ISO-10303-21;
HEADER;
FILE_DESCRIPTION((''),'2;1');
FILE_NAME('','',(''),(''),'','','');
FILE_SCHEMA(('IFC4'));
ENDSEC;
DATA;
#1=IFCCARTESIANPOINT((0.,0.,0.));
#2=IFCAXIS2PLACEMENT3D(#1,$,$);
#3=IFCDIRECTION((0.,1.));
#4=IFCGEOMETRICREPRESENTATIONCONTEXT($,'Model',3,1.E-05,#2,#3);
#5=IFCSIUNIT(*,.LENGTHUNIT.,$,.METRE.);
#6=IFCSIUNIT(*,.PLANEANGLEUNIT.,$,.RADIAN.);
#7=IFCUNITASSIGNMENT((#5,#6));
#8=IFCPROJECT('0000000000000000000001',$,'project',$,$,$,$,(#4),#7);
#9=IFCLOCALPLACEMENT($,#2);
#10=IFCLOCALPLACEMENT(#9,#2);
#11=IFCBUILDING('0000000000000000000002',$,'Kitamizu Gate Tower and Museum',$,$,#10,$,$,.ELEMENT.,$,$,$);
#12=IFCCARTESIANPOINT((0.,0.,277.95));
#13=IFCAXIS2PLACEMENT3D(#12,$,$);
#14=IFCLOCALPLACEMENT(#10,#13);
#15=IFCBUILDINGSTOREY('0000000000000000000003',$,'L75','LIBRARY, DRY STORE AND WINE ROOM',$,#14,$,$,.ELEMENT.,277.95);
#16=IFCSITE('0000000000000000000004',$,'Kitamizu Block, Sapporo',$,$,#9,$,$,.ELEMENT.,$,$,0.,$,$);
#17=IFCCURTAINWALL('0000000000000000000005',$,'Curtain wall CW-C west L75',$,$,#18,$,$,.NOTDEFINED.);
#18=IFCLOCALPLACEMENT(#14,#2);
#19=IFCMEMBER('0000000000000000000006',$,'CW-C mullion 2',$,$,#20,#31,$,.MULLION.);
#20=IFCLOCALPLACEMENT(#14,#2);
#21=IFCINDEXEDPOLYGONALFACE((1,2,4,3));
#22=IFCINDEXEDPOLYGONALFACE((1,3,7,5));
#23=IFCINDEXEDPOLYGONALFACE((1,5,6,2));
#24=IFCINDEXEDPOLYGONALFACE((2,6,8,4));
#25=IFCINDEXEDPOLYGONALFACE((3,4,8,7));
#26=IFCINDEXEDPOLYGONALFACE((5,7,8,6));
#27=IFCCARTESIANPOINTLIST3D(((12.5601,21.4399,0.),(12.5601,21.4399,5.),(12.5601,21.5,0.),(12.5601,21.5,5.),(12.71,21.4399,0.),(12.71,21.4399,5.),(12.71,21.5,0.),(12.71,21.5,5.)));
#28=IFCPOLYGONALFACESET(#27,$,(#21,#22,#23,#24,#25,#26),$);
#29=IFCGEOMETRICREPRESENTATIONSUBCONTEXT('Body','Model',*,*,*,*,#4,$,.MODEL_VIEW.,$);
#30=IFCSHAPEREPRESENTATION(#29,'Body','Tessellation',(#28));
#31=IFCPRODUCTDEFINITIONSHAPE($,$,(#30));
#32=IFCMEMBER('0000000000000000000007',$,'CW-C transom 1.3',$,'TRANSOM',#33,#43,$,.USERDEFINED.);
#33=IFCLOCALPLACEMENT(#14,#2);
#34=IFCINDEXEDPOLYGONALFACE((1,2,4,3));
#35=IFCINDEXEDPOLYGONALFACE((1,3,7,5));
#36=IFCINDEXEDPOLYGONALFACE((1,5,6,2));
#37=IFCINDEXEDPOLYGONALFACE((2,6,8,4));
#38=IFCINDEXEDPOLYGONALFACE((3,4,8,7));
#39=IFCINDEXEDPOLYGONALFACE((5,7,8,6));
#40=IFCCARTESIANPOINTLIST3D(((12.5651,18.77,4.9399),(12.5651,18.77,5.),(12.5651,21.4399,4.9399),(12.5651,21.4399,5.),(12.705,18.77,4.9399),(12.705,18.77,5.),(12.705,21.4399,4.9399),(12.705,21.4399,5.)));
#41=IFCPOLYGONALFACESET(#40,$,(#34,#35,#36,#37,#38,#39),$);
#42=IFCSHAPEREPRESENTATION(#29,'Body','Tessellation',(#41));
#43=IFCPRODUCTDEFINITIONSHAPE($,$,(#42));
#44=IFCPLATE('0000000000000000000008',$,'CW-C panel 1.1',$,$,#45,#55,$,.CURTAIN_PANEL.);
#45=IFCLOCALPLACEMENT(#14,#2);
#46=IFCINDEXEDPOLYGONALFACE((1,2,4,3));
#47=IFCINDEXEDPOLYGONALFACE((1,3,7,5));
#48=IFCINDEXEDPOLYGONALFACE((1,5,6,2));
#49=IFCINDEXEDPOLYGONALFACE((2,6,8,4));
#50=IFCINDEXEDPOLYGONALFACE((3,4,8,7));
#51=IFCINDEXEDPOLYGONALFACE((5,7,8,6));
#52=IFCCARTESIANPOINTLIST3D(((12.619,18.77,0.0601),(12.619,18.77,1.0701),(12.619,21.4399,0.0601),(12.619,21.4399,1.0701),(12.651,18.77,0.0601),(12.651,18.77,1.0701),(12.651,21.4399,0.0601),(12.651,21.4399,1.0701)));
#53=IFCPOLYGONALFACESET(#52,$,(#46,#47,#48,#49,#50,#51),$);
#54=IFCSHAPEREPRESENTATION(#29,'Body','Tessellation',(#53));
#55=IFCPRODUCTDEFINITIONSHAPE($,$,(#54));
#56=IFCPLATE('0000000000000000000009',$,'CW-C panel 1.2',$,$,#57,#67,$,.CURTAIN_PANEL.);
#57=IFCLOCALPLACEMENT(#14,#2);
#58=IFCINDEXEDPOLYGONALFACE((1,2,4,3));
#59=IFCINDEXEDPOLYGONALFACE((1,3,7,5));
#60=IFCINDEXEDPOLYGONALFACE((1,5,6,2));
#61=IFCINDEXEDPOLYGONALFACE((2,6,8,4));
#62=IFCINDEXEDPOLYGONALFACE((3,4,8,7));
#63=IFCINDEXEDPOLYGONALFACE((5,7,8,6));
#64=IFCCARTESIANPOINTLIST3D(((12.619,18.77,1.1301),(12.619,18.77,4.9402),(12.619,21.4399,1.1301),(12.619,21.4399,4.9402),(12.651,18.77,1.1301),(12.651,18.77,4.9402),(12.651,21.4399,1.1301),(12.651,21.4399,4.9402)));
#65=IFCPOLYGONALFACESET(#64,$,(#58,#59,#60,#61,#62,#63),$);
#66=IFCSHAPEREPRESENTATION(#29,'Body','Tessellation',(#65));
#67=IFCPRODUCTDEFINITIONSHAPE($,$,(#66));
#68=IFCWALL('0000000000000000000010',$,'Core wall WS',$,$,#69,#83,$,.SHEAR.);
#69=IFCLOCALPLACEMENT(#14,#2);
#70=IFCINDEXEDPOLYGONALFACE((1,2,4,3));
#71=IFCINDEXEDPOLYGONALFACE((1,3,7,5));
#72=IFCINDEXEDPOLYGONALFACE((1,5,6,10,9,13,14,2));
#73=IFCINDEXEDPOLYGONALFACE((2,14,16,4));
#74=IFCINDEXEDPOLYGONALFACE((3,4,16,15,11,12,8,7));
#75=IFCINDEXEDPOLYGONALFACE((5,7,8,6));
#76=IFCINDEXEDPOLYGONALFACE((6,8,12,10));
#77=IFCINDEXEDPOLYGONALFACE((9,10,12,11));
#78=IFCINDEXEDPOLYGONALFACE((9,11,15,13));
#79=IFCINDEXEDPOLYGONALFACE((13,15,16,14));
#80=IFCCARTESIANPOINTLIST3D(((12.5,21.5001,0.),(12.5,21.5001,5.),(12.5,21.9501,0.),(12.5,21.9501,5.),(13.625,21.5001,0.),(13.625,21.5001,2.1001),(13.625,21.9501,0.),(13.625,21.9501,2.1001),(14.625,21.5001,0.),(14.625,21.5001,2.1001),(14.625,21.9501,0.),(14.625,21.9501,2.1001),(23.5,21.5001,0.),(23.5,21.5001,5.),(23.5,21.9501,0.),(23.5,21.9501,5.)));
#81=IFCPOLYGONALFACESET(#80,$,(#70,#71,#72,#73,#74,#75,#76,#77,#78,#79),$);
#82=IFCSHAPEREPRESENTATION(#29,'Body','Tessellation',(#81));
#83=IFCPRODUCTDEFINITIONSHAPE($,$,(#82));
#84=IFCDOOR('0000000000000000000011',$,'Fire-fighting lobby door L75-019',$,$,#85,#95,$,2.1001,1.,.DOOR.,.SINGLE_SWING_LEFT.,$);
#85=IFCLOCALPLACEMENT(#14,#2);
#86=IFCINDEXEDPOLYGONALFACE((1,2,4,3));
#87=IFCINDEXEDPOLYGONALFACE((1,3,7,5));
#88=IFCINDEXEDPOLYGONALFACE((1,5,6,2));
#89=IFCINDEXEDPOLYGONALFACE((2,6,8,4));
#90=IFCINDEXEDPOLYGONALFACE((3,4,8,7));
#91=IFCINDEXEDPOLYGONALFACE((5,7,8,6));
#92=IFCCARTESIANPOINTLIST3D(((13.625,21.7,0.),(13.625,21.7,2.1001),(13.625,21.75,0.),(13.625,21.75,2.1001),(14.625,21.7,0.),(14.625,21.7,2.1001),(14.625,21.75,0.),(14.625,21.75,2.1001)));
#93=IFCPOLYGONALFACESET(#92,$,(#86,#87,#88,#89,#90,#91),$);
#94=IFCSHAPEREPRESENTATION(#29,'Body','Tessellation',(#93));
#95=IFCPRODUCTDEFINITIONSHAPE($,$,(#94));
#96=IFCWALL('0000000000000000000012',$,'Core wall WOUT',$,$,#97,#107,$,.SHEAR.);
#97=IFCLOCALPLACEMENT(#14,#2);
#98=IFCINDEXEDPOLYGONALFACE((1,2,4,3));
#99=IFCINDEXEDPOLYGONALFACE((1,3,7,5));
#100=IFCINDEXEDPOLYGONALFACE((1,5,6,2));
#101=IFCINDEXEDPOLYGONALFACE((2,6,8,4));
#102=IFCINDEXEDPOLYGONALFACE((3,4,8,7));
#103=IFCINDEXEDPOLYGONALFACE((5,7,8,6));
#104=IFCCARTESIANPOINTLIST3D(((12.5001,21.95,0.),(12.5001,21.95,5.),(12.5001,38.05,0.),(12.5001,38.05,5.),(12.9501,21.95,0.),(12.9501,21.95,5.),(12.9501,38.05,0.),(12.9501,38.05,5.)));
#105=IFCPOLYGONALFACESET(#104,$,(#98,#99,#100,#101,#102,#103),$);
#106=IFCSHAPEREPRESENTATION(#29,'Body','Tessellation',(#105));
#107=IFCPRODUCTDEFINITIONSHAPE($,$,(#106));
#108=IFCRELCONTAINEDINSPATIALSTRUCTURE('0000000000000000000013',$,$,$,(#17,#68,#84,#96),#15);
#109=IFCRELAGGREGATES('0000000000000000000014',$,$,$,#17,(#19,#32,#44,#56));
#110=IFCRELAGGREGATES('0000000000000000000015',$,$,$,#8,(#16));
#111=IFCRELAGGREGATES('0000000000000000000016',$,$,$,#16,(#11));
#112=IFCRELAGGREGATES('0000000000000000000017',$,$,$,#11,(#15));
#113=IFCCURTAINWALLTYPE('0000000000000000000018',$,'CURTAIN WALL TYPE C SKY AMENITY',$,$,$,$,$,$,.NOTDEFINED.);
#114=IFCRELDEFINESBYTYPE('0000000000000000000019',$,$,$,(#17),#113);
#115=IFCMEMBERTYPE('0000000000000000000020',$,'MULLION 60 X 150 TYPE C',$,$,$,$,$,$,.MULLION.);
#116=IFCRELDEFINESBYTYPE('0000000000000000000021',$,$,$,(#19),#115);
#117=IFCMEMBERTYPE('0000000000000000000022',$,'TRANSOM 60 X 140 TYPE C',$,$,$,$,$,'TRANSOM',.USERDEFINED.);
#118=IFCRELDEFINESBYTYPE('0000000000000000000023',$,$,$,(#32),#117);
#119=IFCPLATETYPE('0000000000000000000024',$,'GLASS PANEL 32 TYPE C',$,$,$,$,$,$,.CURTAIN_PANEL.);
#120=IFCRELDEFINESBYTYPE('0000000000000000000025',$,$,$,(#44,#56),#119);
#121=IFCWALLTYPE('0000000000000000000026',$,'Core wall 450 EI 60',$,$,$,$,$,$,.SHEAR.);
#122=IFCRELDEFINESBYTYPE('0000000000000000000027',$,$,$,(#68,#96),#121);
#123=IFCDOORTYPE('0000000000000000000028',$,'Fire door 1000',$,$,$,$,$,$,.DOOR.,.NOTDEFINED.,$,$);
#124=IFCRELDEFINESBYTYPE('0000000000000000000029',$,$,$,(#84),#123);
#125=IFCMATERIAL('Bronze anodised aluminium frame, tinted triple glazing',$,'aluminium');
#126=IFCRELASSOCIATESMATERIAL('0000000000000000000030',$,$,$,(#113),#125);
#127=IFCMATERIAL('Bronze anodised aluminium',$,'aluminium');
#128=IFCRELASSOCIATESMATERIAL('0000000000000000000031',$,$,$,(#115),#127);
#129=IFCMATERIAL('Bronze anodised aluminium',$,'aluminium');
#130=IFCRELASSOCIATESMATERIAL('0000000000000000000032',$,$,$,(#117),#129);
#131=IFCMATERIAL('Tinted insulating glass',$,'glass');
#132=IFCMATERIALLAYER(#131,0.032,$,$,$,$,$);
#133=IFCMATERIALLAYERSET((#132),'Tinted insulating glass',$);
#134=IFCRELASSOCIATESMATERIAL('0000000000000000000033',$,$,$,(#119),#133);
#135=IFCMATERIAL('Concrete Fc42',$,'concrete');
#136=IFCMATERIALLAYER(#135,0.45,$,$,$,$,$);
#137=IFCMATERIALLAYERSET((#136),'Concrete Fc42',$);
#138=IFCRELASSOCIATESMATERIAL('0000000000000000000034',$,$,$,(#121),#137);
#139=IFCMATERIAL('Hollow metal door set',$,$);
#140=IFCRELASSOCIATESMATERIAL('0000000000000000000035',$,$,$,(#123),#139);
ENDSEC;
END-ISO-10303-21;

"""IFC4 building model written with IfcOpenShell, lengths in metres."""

from ifc_helpers import new_model, si_unit, direction, frame, frame_2d, origin, origin_2d, place, context, subcontext, project, spatial, rectangle, extrude, material, layer, layer_set, material_profile, profile_set, type_object, element, fill, aggregate, save


model = new_model("IFC4")

# Units and contexts
model_context = context("Model", 3, precision=1e-05, world=origin(), true_north=direction((0.0, 1.0)))
body_context = subcontext(model_context, "Body", "Model", "MODEL_VIEW")
ifc_project = project(units=[si_unit("LENGTHUNIT", "METRE"), si_unit("PLANEANGLEUNIT", "RADIAN")], contexts=[model_context])

# Site, building, storey
site_placement = place(None, origin())
site = spatial("IfcSite", under=ifc_project, at=site_placement, Name="Kitamizu Block, Sapporo", CompositionType="ELEMENT", RefElevation=0.0)
building_placement = place(site_placement, origin())
building = spatial("IfcBuilding", under=site, at=building_placement, Name="Kitamizu Gate Tower and Museum", CompositionType="ELEMENT")
storey_placement = place(building_placement, frame((0.0, 0.0, 277.95)))
storey = spatial("IfcBuildingStorey", under=building, at=storey_placement, Name="L75", Description="LIBRARY, DRY STORE AND WINE ROOM", CompositionType="ELEMENT", Elevation=277.95)

# Curtain wall, members, plates
ifc_material_1 = material(Name="Bronze anodised aluminium frame, tinted triple glazing", Category="aluminium")
curtain_wall_type = type_object("IfcCurtainWallType", Name="CURTAIN WALL TYPE C SKY AMENITY", PredefinedType="NOTDEFINED", material=ifc_material_1)
curtain_wall_placement = place(storey_placement, origin())
curtain_wall = element("IfcCurtainWall", 1, at=curtain_wall_placement, inside=storey, type_object=curtain_wall_type, Name="Curtain wall CW-C west L75", PredefinedType="NOTDEFINED")
ifc_material_2 = material(Name="Bronze anodised aluminium", Category="aluminium")
ifc_material_profile_1 = material_profile(ifc_material_2, rectangle(XDim=0.0601, YDim=0.1499, at=origin_2d()), Name="AL 60X150")
ifc_profile_set_1 = profile_set([ifc_material_profile_1], Name="Bronze anodised aluminium")
member_type_1 = type_object("IfcMemberType", Name="MULLION 60 X 150 TYPE C", PredefinedType="MULLION", material=ifc_profile_set_1)
member_1_placement = place(storey_placement, frame((12.635, 21.47, 0.0), z_axis=(0.0, 0.0, 1.0), x_axis=(0.0, 1.0, 0.0)))
member_1 = element("IfcMember", 2, at=member_1_placement, type_object=member_type_1, Name="CW-C mullion 2", PredefinedType="MULLION", context=body_context, shape_type="SweptSolid", body=[
    extrude(rectangle(XDim=0.0601, YDim=0.1499, at=origin_2d()), origin(), (0.0, 0.0, 1.0), 5.0),
])
ifc_material_3 = material(Name="Bronze anodised aluminium", Category="aluminium")
ifc_material_profile_2 = material_profile(ifc_material_3, rectangle(XDim=0.1399, YDim=0.0601, at=origin_2d()), Name="AL 60X140")
ifc_profile_set_2 = profile_set([ifc_material_profile_2], Name="Bronze anodised aluminium")
member_type_2 = type_object("IfcMemberType", Name="TRANSOM 60 X 140 TYPE C", ElementType="TRANSOM", PredefinedType="USERDEFINED", material=ifc_profile_set_2)
member_2_placement = place(storey_placement, frame((12.635, 18.77, 4.97), z_axis=(0.0, 1.0, 0.0), x_axis=(-1.0, 0.0, 0.0)))
member_2 = element("IfcMember", 3, at=member_2_placement, type_object=member_type_2, Name="CW-C transom 1.3", ObjectType="TRANSOM", PredefinedType="USERDEFINED", context=body_context, shape_type="SweptSolid", body=[
    extrude(rectangle(XDim=0.1399, YDim=0.0601, at=origin_2d()), origin(), (0.0, 0.0, 1.0), 2.6699),
])
ifc_material_4 = material(Name="Tinted insulating glass", Category="glass")
ifc_layer_1 = layer(ifc_material_4, 0.032)
ifc_layer_set_1 = layer_set([ifc_layer_1], Name="Tinted insulating glass")
plate_type = type_object("IfcPlateType", Name="GLASS PANEL 32 TYPE C", PredefinedType="CURTAIN_PANEL", material=ifc_layer_set_1)
plate_1_placement = place(storey_placement, frame((12.635, 20.105, 0.0601), z_axis=(0.0, 0.0, 1.0), x_axis=(0.0, 1.0, 0.0)))
plate_1 = element("IfcPlate", 4, at=plate_1_placement, type_object=plate_type, Name="CW-C panel 1.1", PredefinedType="CURTAIN_PANEL", context=body_context, shape_type="SweptSolid", body=[
    extrude(rectangle(XDim=2.6699, YDim=0.032, at=origin_2d()), origin(), (0.0, 0.0, 1.0), 1.01),
])
plate_2_placement = place(storey_placement, frame((12.635, 20.105, 1.1301), z_axis=(0.0, 0.0, 1.0), x_axis=(0.0, 1.0, 0.0)))
plate_2 = element("IfcPlate", 5, at=plate_2_placement, type_object=plate_type, Name="CW-C panel 1.2", PredefinedType="CURTAIN_PANEL", context=body_context, shape_type="SweptSolid", body=[
    extrude(rectangle(XDim=2.6699, YDim=0.032, at=origin_2d()), origin(), (0.0, 0.0, 1.0), 3.8101),
])
aggregate(curtain_wall, [member_1, member_2, plate_1, plate_2])

# Wall, opening, door
ifc_material_5 = material(Name="Concrete Fc42", Category="concrete")
ifc_layer_2 = layer(ifc_material_5, 0.45)
ifc_layer_set_2 = layer_set([ifc_layer_2], Name="Concrete Fc42")
wall_type_1 = type_object("IfcWallType", Name="Core wall 450 EI 60", PredefinedType="SHEAR", material=ifc_layer_set_2)
wall_1_placement = place(storey_placement, frame((12.5, 21.7251, 0.0), z_axis=(0.0, 0.0, 1.0), x_axis=(1.0, 0.0, 0.0)))
wall_1 = element("IfcWall", 6, at=wall_1_placement, inside=storey, type_object=wall_type_1, Name="Core wall WS", PredefinedType="SHEAR", context=body_context, shape_type="SweptSolid", body=[
    extrude(rectangle(XDim=11.0, YDim=0.45, at=frame_2d((5.5, 0.0))), origin(), (0.0, 0.0, 1.0), 5.0),
])
opening_1_placement = place(wall_1_placement, frame((1.125, 0.0, 0.0)))
opening_1 = element("IfcOpeningElement", 7, at=opening_1_placement, cuts=wall_1, PredefinedType="OPENING", context=body_context, shape_type="SweptSolid", body=[
    extrude(rectangle(XDim=1.0, YDim=2.1001, at=frame_2d((0.5, 1.05))), frame((0.0, 0.2349, 0.0), z_axis=(0.0, -1.0, 0.0), x_axis=(1.0, 0.0, 0.0)), (0.0, 0.0, 1.0), 0.47),
])
ifc_material_6 = material(Name="Hollow metal door set")
door_type_1 = type_object("IfcDoorType", Name="Fire door 1000", OperationType="NOTDEFINED", PredefinedType="DOOR", material=ifc_material_6)
door_1_placement = place(opening_1_placement, origin())
door_1 = element("IfcDoor", 8, at=door_1_placement, inside=storey, type_object=door_type_1, Name="Fire-fighting lobby door L75-019", OperationType="SINGLE_SWING_LEFT", OverallHeight=2.1001, OverallWidth=1.0, PredefinedType="DOOR", context=body_context, shape_type="SweptSolid", body=[
    extrude(rectangle(XDim=1.0, YDim=2.1001, at=frame_2d((0.5, 1.05))), frame((0.0, 0.0249, 0.0), z_axis=(0.0, -1.0, 0.0), x_axis=(1.0, 0.0, 0.0)), (0.0, 0.0, 1.0), 0.05),
])
fill(opening_1, door_1)

# Wall
wall_2_placement = place(storey_placement, frame((12.7251, 21.95, 0.0), z_axis=(0.0, 0.0, 1.0), x_axis=(0.0, 1.0, 0.0)))
element("IfcWall", 9, at=wall_2_placement, inside=storey, type_object=wall_type_1, Name="Core wall WOUT", PredefinedType="SHEAR", context=body_context, shape_type="SweptSolid", body=[
    extrude(rectangle(XDim=16.1001, YDim=0.45, at=frame_2d((8.05, 0.0))), origin(), (0.0, 0.0, 1.0), 5.0),
])

save(model, "model.ifc")
